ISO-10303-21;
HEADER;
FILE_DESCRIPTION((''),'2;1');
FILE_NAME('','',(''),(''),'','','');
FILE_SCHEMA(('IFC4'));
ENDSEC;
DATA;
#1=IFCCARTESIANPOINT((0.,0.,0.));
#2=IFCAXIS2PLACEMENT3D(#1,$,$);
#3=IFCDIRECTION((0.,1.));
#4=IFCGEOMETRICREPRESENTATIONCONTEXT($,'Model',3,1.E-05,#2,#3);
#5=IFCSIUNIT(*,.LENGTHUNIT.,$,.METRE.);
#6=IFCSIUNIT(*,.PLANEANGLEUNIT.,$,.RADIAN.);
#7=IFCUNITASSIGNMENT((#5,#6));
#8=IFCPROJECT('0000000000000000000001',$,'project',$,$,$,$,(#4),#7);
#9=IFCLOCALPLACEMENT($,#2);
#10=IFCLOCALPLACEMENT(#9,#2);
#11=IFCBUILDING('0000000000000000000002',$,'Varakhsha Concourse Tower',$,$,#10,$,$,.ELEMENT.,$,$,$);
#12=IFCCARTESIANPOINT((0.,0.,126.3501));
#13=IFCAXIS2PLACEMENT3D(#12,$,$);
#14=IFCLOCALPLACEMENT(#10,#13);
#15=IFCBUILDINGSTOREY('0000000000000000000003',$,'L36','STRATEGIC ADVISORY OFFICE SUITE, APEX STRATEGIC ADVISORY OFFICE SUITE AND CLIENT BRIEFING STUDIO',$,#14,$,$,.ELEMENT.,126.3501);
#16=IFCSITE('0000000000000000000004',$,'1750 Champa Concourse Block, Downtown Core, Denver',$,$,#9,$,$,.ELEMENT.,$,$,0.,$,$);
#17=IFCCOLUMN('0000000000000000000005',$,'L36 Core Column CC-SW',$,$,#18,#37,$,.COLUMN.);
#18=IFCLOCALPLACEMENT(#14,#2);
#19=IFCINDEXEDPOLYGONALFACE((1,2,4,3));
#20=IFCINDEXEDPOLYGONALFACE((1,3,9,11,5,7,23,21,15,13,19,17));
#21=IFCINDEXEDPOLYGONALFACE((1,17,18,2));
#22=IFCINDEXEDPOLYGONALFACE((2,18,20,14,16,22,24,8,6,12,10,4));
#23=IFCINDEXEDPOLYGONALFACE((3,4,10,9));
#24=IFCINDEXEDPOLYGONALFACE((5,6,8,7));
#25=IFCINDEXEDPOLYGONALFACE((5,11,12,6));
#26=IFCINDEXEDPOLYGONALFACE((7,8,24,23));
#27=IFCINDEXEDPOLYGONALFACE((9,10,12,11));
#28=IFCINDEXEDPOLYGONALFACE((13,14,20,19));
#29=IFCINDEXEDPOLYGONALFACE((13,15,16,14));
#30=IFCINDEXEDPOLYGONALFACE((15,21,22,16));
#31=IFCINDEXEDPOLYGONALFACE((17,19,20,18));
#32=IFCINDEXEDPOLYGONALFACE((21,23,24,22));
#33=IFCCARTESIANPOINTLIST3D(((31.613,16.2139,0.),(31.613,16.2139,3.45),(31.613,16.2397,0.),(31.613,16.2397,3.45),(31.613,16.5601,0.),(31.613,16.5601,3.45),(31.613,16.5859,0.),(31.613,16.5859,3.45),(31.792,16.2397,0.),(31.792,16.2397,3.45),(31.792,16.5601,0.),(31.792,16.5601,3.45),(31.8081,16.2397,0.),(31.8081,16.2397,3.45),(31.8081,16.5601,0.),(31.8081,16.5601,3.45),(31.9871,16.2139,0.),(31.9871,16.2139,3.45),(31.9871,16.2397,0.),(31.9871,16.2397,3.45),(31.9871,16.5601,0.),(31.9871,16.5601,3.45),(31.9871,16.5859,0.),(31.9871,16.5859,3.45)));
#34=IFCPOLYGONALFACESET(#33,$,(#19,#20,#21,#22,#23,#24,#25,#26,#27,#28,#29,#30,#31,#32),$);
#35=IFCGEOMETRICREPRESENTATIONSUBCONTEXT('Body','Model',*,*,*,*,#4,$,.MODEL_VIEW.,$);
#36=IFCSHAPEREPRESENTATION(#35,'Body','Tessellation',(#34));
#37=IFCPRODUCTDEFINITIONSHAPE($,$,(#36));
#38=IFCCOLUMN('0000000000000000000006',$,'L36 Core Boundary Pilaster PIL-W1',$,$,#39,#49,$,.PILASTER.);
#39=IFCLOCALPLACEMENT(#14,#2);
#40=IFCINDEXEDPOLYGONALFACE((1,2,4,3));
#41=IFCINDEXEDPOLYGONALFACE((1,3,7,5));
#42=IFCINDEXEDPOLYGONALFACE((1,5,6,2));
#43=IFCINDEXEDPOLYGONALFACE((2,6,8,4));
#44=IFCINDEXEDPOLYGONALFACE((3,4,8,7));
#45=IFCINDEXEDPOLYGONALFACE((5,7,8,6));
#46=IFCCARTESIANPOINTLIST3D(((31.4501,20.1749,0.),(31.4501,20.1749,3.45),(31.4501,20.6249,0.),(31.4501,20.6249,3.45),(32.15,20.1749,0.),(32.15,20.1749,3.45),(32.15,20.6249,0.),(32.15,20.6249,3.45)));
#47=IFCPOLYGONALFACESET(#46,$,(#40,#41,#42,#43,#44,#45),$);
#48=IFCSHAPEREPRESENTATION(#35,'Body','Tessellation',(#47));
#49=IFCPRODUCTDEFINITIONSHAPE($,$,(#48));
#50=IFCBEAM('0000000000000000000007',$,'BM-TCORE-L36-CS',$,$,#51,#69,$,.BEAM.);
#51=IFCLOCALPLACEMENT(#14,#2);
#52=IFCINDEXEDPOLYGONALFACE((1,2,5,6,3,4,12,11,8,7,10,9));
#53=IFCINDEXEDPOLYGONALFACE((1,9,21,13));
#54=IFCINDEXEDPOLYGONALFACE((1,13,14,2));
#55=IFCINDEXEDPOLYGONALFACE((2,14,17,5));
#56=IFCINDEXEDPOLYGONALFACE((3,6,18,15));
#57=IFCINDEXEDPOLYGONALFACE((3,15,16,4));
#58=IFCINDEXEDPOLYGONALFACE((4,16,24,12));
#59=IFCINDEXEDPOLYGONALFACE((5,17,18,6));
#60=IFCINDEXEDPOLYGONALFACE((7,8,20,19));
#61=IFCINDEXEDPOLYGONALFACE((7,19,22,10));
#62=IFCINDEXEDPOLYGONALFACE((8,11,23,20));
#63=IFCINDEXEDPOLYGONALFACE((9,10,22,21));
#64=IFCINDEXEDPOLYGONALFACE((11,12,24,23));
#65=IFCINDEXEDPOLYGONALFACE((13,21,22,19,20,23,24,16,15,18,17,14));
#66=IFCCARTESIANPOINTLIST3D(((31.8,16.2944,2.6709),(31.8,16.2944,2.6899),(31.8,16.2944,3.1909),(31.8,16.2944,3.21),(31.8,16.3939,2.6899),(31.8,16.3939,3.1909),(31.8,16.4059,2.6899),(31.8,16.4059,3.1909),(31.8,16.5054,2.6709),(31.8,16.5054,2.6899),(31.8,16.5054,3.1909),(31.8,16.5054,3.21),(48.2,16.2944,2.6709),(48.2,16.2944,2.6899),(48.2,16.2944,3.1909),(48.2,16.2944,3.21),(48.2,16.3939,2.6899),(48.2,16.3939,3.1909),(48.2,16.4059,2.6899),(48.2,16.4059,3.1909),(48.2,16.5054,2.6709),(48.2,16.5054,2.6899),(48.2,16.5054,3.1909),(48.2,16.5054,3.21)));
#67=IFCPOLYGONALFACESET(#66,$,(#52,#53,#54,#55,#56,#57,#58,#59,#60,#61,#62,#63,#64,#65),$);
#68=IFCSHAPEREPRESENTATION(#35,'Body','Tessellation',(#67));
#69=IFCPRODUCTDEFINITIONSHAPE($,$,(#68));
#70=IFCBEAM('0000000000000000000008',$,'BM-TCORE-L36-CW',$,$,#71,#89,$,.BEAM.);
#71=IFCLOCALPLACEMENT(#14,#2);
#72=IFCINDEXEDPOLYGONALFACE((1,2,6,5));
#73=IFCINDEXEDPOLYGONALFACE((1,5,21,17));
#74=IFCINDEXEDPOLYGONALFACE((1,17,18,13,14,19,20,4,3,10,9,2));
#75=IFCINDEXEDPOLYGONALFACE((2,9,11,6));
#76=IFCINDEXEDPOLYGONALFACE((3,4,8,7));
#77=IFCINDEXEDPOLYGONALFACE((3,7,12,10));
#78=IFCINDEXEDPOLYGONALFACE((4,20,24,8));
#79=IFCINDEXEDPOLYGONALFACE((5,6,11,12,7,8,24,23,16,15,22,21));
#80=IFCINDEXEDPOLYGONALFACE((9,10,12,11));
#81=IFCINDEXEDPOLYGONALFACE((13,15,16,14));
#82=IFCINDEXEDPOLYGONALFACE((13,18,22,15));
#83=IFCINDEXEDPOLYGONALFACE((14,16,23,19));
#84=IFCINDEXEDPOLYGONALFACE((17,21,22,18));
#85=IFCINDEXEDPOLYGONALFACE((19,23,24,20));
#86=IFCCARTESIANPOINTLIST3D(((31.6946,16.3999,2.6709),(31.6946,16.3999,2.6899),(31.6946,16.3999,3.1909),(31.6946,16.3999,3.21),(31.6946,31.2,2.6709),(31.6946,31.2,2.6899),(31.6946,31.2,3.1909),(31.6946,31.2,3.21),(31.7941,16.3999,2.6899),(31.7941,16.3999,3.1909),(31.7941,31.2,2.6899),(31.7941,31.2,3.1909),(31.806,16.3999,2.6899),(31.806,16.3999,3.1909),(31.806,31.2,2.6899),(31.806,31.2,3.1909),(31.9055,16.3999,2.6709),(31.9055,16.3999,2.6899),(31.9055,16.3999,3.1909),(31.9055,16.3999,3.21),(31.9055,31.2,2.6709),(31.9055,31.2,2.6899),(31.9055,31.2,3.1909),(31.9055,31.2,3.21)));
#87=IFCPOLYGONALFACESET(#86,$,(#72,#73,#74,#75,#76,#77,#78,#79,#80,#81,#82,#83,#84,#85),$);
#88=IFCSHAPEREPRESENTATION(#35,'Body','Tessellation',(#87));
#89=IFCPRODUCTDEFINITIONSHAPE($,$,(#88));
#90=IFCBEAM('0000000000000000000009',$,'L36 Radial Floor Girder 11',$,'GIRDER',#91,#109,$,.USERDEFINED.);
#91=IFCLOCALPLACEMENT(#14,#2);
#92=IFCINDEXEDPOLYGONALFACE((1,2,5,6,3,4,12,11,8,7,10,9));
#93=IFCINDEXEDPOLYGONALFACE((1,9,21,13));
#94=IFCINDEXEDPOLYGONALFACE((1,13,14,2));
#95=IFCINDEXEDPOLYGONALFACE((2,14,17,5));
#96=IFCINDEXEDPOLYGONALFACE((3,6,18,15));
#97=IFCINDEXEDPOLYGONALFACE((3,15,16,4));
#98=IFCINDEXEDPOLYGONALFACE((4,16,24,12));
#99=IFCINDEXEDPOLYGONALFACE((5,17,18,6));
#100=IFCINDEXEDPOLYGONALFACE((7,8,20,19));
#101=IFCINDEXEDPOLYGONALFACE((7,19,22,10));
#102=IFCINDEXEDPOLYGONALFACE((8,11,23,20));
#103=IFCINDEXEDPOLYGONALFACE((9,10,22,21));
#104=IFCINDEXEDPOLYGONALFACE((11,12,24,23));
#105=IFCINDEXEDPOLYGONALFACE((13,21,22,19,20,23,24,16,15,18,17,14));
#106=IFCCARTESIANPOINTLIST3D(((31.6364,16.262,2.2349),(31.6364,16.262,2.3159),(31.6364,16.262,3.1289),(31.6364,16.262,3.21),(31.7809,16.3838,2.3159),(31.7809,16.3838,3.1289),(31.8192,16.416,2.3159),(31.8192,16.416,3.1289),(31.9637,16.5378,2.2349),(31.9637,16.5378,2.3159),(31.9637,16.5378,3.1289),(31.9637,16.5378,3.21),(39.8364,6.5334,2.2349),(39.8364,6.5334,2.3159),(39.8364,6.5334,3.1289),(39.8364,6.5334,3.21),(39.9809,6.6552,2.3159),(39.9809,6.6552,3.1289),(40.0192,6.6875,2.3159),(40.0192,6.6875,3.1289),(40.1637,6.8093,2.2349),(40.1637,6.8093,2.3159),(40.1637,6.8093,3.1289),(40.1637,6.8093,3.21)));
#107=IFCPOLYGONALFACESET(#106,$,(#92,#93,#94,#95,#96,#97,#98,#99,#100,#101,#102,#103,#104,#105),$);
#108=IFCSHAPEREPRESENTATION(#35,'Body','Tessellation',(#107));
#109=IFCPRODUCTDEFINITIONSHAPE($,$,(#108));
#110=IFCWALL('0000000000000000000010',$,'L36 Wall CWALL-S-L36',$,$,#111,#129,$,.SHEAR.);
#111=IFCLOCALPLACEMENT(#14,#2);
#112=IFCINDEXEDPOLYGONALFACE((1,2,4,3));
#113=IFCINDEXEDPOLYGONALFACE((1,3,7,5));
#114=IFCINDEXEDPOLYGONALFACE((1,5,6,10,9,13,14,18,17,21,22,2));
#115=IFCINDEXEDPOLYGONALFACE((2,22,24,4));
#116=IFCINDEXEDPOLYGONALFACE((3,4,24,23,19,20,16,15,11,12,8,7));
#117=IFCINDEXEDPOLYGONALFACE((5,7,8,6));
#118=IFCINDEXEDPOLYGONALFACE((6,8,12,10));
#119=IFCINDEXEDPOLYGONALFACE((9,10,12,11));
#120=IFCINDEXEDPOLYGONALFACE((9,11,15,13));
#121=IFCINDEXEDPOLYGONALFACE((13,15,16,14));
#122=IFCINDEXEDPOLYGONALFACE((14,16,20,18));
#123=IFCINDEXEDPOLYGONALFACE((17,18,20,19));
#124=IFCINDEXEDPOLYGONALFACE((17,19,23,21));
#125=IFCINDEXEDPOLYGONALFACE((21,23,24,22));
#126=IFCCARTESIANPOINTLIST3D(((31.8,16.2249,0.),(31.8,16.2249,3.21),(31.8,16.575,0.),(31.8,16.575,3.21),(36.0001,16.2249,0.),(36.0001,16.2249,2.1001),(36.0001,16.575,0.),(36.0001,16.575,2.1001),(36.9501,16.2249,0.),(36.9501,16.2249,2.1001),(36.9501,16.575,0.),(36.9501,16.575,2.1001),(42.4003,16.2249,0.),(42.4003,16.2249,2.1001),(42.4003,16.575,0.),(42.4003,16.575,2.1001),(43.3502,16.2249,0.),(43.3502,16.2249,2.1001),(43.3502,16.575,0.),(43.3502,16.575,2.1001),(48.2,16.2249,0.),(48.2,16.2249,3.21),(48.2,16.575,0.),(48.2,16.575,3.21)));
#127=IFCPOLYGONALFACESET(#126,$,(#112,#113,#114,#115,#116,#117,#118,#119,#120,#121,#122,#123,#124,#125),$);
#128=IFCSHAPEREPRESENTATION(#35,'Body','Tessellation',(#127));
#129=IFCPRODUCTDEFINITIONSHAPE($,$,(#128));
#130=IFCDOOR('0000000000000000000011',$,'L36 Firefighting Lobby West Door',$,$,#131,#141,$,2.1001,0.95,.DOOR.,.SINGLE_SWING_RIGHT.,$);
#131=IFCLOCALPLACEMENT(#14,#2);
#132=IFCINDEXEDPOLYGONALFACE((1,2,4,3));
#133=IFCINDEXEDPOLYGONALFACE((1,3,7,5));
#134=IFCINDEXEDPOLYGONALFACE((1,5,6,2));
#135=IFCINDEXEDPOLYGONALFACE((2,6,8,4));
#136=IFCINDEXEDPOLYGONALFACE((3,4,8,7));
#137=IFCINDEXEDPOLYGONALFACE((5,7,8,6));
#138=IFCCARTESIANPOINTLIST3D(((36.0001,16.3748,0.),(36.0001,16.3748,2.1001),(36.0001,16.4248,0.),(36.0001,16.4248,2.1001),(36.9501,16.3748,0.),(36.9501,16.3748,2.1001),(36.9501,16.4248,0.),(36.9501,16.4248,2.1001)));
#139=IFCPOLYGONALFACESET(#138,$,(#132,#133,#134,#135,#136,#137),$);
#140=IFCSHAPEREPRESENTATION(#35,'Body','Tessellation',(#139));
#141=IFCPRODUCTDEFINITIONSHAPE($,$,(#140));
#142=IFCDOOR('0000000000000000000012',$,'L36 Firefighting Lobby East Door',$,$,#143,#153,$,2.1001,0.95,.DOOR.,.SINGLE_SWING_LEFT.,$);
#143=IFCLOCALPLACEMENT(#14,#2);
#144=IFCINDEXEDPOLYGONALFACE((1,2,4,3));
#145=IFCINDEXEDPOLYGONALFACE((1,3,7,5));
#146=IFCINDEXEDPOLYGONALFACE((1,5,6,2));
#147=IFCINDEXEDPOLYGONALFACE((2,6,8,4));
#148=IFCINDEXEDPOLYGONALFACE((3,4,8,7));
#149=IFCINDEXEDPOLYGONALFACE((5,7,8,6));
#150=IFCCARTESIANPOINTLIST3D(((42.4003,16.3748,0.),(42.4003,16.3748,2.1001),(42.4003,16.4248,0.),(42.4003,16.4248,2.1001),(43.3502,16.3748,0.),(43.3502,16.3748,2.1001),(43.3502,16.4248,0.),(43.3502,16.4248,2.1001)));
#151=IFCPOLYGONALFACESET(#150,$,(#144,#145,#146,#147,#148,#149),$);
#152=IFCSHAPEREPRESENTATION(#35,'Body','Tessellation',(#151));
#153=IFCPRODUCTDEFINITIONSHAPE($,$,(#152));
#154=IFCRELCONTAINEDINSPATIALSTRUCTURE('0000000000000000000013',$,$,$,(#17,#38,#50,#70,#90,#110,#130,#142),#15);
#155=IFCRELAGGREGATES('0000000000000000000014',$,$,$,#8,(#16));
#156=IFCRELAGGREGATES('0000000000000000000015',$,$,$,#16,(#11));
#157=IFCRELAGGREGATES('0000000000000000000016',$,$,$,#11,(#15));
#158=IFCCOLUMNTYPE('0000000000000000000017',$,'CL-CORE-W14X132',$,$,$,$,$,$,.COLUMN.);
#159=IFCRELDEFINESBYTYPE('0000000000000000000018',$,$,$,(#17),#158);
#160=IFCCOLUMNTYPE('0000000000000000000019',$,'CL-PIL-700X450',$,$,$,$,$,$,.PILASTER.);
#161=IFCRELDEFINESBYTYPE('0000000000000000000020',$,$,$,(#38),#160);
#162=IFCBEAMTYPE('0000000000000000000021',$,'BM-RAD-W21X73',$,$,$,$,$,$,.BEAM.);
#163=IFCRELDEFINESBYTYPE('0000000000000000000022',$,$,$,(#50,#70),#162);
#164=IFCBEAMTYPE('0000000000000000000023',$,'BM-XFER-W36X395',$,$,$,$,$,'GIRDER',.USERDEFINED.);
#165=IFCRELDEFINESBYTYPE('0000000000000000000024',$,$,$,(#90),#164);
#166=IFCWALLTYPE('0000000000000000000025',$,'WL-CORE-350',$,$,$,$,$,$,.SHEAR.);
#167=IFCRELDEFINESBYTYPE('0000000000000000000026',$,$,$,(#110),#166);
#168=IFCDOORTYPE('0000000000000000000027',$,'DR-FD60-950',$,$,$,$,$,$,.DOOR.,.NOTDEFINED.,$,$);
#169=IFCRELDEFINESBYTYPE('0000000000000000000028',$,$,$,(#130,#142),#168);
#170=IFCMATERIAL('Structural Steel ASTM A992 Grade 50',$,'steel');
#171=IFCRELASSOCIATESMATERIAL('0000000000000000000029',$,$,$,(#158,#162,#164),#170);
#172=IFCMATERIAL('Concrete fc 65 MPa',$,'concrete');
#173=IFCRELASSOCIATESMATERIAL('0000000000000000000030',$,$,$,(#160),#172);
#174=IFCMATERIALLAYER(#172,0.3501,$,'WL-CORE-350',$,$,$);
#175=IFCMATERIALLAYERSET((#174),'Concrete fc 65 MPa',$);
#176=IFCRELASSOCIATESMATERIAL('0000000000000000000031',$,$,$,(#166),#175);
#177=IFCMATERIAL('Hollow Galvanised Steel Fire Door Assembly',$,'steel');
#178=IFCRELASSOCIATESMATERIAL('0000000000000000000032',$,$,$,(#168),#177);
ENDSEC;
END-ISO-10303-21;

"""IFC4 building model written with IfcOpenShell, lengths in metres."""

from ifc_helpers import new_model, si_unit, direction, frame, frame_2d, origin, origin_2d, place, context, subcontext, project, spatial, rectangle, i_section, extrude, material, layer, layer_set, material_profile, profile_set, type_object, element, fill, save


model = new_model("IFC4")

# Units and contexts
model_context = context("Model", 3, precision=1e-05, world=origin(), true_north=direction((0.0, 1.0)))
body_context = subcontext(model_context, "Body", "Model", "MODEL_VIEW")
ifc_project = project(units=[si_unit("LENGTHUNIT", "METRE"), si_unit("PLANEANGLEUNIT", "RADIAN")], contexts=[model_context])

# Site, building, storey
site_placement = place(None, origin())
site = spatial("IfcSite", under=ifc_project, at=site_placement, Name="1750 Champa Concourse Block, Downtown Core, Denver", CompositionType="ELEMENT", RefElevation=0.0)
building_placement = place(site_placement, origin())
building = spatial("IfcBuilding", under=site, at=building_placement, Name="Varakhsha Concourse Tower", CompositionType="ELEMENT")
storey_placement = place(building_placement, frame((0.0, 0.0, 126.3501)))
storey = spatial("IfcBuildingStorey", under=building, at=storey_placement, Name="L36", Description="STRATEGIC ADVISORY OFFICE SUITE, APEX STRATEGIC ADVISORY OFFICE SUITE AND CLIENT BRIEFING STUDIO", CompositionType="ELEMENT", Elevation=126.3501)

# Columns
ifc_material_1 = material(Name="Structural Steel ASTM A992 Grade 50", Category="steel")
ifc_material_profile_1 = material_profile(ifc_material_1, i_section(OverallWidth=0.374, OverallDepth=0.3721, WebThickness=0.0161, FlangeThickness=0.0259, at=origin_2d()), Name="W14X132")
ifc_profile_set_1 = profile_set([ifc_material_profile_1], Name="Structural Steel ASTM A992 Grade 50")
column_type_1 = type_object("IfcColumnType", Name="CL-CORE-W14X132", PredefinedType="COLUMN", material=ifc_profile_set_1)
column_1_placement = place(storey_placement, frame((31.8, 16.3999, 0.0), z_axis=(0.0, 0.0, 1.0), x_axis=(1.0, 0.0, 0.0)))
element("IfcColumn", 1, at=column_1_placement, inside=storey, type_object=column_type_1, Name="L36 Core Column CC-SW", PredefinedType="COLUMN", context=body_context, shape_type="SweptSolid", body=[
    extrude(i_section(OverallWidth=0.374, OverallDepth=0.3721, WebThickness=0.0161, FlangeThickness=0.0259, at=origin_2d()), origin(), (0.0, 0.0, 1.0), 3.45),
])
ifc_material_2 = material(Name="Concrete fc 65 MPa", Category="concrete")
ifc_material_profile_2 = material_profile(ifc_material_2, rectangle(XDim=0.7, YDim=0.45, at=origin_2d()), Name="RC 700x450")
ifc_profile_set_2 = profile_set([ifc_material_profile_2], Name="Concrete fc 65 MPa")
column_type_2 = type_object("IfcColumnType", Name="CL-PIL-700X450", PredefinedType="PILASTER", material=ifc_profile_set_2)
column_2_placement = place(storey_placement, frame((31.8, 20.3999, 0.0), z_axis=(0.0, 0.0, 1.0), x_axis=(1.0, 0.0, 0.0)))
element("IfcColumn", 2, at=column_2_placement, inside=storey, type_object=column_type_2, Name="L36 Core Boundary Pilaster PIL-W1", PredefinedType="PILASTER", context=body_context, shape_type="SweptSolid", body=[
    extrude(rectangle(XDim=0.7, YDim=0.45, at=origin_2d()), origin(), (0.0, 0.0, 1.0), 3.45),
])

# Beams
ifc_material_profile_3 = material_profile(ifc_material_1, i_section(OverallWidth=0.2109, OverallDepth=0.5391, WebThickness=0.012, FlangeThickness=0.019, at=origin_2d()), Name="W21X73")
ifc_profile_set_3 = profile_set([ifc_material_profile_3], Name="Structural Steel ASTM A992 Grade 50")
beam_type_1 = type_object("IfcBeamType", Name="BM-RAD-W21X73", PredefinedType="BEAM", material=ifc_profile_set_3)
beam_1_placement = place(storey_placement, frame((31.8, 16.3999, 2.9404), z_axis=(1.0, 0.0, 0.0), x_axis=(0.0, 1.0, 0.0)))
element("IfcBeam", 3, at=beam_1_placement, inside=storey, type_object=beam_type_1, Name="BM-TCORE-L36-CS", PredefinedType="BEAM", context=body_context, shape_type="SweptSolid", body=[
    extrude(i_section(OverallWidth=0.2109, OverallDepth=0.5391, WebThickness=0.012, FlangeThickness=0.019, at=origin_2d()), origin(), (0.0, 0.0, 1.0), 16.3999),
])
beam_2_placement = place(storey_placement, frame((31.8, 16.3999, 2.9404), z_axis=(0.0, 1.0, 0.0), x_axis=(-1.0, 0.0, 0.0)))
element("IfcBeam", 4, at=beam_2_placement, inside=storey, type_object=beam_type_1, Name="BM-TCORE-L36-CW", PredefinedType="BEAM", context=body_context, shape_type="SweptSolid", body=[
    extrude(i_section(OverallWidth=0.2109, OverallDepth=0.5391, WebThickness=0.012, FlangeThickness=0.019, at=origin_2d()), origin(), (0.0, 0.0, 1.0), 14.8),
])
ifc_material_profile_4 = material_profile(ifc_material_1, i_section(OverallWidth=0.428, OverallDepth=0.9751, WebThickness=0.05, FlangeThickness=0.0811, at=origin_2d()), Name="W36X395")
ifc_profile_set_4 = profile_set([ifc_material_profile_4], Name="Structural Steel ASTM A992 Grade 50")
beam_type_2 = type_object("IfcBeamType", Name="BM-XFER-W36X395", ElementType="GIRDER", PredefinedType="USERDEFINED", material=ifc_profile_set_4)
beam_3_placement = place(storey_placement, frame((31.8, 16.3999, 2.7224), z_axis=(0.644481, -0.76462, 0.0), x_axis=(0.76462, 0.644481, 0.0)))
element("IfcBeam", 5, at=beam_3_placement, inside=storey, type_object=beam_type_2, Name="L36 Radial Floor Girder 11", ObjectType="GIRDER", PredefinedType="USERDEFINED", context=body_context, shape_type="SweptSolid", body=[
    extrude(i_section(OverallWidth=0.428, OverallDepth=0.9751, WebThickness=0.05, FlangeThickness=0.0811, at=origin_2d()), origin(), (0.0, 0.0, 1.0), 12.7234),
])

# Wall, openings, doors
ifc_layer_1 = layer(ifc_material_2, 0.3501, Name="WL-CORE-350")
ifc_layer_set_1 = layer_set([ifc_layer_1], Name="Concrete fc 65 MPa")
wall_type_1 = type_object("IfcWallType", Name="WL-CORE-350", PredefinedType="SHEAR", material=ifc_layer_set_1)
wall_1_placement = place(storey_placement, frame((31.8, 16.3999, 0.0), z_axis=(0.0, 0.0, 1.0), x_axis=(1.0, 0.0, 0.0)))
wall_1 = element("IfcWall", 6, at=wall_1_placement, inside=storey, type_object=wall_type_1, Name="L36 Wall CWALL-S-L36", PredefinedType="SHEAR", context=body_context, shape_type="SweptSolid", body=[
    extrude(rectangle(XDim=16.3999, YDim=0.3501, at=frame_2d((8.2, 0.0))), origin(), (0.0, 0.0, 1.0), 3.21),
])
opening_1_placement = place(wall_1_placement, frame((4.2, 0.0, 0.0)))
opening_1 = element("IfcOpeningElement", 7, at=opening_1_placement, cuts=wall_1, PredefinedType="OPENING", context=body_context, shape_type="SweptSolid", body=[
    extrude(rectangle(XDim=0.95, YDim=2.1001, at=frame_2d((0.4751, 1.05))), frame((0.0, 0.1851, 0.0), z_axis=(0.0, -1.0, 0.0), x_axis=(1.0, 0.0, 0.0)), (0.0, 0.0, 1.0), 0.3701),
])
opening_2_placement = place(wall_1_placement, frame((10.6001, 0.0, 0.0)))
opening_2 = element("IfcOpeningElement", 8, at=opening_2_placement, cuts=wall_1, PredefinedType="OPENING", context=body_context, shape_type="SweptSolid", body=[
    extrude(rectangle(XDim=0.95, YDim=2.1001, at=frame_2d((0.4751, 1.05))), frame((0.0, 0.1851, 0.0), z_axis=(0.0, -1.0, 0.0), x_axis=(1.0, 0.0, 0.0)), (0.0, 0.0, 1.0), 0.3701),
])
ifc_material_3 = material(Name="Hollow Galvanised Steel Fire Door Assembly", Category="steel")
door_type_1 = type_object("IfcDoorType", Name="DR-FD60-950", OperationType="NOTDEFINED", PredefinedType="DOOR", material=ifc_material_3)
door_1_placement = place(opening_1_placement, origin())
door_1 = element("IfcDoor", 9, at=door_1_placement, inside=storey, type_object=door_type_1, Name="L36 Firefighting Lobby West Door", OperationType="SINGLE_SWING_RIGHT", OverallHeight=2.1001, OverallWidth=0.95, PredefinedType="DOOR", context=body_context, shape_type="SweptSolid", body=[
    extrude(rectangle(XDim=0.95, YDim=2.1001, at=frame_2d((0.4751, 1.05))), frame((0.0, 0.0249, 0.0), z_axis=(0.0, -1.0, 0.0), x_axis=(1.0, 0.0, 0.0)), (0.0, 0.0, 1.0), 0.05),
])
fill(opening_1, door_1)
door_2_placement = place(opening_2_placement, origin())
door_2 = element("IfcDoor", 10, at=door_2_placement, inside=storey, type_object=door_type_1, Name="L36 Firefighting Lobby East Door", OperationType="SINGLE_SWING_LEFT", OverallHeight=2.1001, OverallWidth=0.95, PredefinedType="DOOR", context=body_context, shape_type="SweptSolid", body=[
    extrude(rectangle(XDim=0.95, YDim=2.1001, at=frame_2d((0.4751, 1.05))), frame((0.0, 0.0249, 0.0), z_axis=(0.0, -1.0, 0.0), x_axis=(1.0, 0.0, 0.0)), (0.0, 0.0, 1.0), 0.05),
])
fill(opening_2, door_2)

save(model, "model.ifc")
